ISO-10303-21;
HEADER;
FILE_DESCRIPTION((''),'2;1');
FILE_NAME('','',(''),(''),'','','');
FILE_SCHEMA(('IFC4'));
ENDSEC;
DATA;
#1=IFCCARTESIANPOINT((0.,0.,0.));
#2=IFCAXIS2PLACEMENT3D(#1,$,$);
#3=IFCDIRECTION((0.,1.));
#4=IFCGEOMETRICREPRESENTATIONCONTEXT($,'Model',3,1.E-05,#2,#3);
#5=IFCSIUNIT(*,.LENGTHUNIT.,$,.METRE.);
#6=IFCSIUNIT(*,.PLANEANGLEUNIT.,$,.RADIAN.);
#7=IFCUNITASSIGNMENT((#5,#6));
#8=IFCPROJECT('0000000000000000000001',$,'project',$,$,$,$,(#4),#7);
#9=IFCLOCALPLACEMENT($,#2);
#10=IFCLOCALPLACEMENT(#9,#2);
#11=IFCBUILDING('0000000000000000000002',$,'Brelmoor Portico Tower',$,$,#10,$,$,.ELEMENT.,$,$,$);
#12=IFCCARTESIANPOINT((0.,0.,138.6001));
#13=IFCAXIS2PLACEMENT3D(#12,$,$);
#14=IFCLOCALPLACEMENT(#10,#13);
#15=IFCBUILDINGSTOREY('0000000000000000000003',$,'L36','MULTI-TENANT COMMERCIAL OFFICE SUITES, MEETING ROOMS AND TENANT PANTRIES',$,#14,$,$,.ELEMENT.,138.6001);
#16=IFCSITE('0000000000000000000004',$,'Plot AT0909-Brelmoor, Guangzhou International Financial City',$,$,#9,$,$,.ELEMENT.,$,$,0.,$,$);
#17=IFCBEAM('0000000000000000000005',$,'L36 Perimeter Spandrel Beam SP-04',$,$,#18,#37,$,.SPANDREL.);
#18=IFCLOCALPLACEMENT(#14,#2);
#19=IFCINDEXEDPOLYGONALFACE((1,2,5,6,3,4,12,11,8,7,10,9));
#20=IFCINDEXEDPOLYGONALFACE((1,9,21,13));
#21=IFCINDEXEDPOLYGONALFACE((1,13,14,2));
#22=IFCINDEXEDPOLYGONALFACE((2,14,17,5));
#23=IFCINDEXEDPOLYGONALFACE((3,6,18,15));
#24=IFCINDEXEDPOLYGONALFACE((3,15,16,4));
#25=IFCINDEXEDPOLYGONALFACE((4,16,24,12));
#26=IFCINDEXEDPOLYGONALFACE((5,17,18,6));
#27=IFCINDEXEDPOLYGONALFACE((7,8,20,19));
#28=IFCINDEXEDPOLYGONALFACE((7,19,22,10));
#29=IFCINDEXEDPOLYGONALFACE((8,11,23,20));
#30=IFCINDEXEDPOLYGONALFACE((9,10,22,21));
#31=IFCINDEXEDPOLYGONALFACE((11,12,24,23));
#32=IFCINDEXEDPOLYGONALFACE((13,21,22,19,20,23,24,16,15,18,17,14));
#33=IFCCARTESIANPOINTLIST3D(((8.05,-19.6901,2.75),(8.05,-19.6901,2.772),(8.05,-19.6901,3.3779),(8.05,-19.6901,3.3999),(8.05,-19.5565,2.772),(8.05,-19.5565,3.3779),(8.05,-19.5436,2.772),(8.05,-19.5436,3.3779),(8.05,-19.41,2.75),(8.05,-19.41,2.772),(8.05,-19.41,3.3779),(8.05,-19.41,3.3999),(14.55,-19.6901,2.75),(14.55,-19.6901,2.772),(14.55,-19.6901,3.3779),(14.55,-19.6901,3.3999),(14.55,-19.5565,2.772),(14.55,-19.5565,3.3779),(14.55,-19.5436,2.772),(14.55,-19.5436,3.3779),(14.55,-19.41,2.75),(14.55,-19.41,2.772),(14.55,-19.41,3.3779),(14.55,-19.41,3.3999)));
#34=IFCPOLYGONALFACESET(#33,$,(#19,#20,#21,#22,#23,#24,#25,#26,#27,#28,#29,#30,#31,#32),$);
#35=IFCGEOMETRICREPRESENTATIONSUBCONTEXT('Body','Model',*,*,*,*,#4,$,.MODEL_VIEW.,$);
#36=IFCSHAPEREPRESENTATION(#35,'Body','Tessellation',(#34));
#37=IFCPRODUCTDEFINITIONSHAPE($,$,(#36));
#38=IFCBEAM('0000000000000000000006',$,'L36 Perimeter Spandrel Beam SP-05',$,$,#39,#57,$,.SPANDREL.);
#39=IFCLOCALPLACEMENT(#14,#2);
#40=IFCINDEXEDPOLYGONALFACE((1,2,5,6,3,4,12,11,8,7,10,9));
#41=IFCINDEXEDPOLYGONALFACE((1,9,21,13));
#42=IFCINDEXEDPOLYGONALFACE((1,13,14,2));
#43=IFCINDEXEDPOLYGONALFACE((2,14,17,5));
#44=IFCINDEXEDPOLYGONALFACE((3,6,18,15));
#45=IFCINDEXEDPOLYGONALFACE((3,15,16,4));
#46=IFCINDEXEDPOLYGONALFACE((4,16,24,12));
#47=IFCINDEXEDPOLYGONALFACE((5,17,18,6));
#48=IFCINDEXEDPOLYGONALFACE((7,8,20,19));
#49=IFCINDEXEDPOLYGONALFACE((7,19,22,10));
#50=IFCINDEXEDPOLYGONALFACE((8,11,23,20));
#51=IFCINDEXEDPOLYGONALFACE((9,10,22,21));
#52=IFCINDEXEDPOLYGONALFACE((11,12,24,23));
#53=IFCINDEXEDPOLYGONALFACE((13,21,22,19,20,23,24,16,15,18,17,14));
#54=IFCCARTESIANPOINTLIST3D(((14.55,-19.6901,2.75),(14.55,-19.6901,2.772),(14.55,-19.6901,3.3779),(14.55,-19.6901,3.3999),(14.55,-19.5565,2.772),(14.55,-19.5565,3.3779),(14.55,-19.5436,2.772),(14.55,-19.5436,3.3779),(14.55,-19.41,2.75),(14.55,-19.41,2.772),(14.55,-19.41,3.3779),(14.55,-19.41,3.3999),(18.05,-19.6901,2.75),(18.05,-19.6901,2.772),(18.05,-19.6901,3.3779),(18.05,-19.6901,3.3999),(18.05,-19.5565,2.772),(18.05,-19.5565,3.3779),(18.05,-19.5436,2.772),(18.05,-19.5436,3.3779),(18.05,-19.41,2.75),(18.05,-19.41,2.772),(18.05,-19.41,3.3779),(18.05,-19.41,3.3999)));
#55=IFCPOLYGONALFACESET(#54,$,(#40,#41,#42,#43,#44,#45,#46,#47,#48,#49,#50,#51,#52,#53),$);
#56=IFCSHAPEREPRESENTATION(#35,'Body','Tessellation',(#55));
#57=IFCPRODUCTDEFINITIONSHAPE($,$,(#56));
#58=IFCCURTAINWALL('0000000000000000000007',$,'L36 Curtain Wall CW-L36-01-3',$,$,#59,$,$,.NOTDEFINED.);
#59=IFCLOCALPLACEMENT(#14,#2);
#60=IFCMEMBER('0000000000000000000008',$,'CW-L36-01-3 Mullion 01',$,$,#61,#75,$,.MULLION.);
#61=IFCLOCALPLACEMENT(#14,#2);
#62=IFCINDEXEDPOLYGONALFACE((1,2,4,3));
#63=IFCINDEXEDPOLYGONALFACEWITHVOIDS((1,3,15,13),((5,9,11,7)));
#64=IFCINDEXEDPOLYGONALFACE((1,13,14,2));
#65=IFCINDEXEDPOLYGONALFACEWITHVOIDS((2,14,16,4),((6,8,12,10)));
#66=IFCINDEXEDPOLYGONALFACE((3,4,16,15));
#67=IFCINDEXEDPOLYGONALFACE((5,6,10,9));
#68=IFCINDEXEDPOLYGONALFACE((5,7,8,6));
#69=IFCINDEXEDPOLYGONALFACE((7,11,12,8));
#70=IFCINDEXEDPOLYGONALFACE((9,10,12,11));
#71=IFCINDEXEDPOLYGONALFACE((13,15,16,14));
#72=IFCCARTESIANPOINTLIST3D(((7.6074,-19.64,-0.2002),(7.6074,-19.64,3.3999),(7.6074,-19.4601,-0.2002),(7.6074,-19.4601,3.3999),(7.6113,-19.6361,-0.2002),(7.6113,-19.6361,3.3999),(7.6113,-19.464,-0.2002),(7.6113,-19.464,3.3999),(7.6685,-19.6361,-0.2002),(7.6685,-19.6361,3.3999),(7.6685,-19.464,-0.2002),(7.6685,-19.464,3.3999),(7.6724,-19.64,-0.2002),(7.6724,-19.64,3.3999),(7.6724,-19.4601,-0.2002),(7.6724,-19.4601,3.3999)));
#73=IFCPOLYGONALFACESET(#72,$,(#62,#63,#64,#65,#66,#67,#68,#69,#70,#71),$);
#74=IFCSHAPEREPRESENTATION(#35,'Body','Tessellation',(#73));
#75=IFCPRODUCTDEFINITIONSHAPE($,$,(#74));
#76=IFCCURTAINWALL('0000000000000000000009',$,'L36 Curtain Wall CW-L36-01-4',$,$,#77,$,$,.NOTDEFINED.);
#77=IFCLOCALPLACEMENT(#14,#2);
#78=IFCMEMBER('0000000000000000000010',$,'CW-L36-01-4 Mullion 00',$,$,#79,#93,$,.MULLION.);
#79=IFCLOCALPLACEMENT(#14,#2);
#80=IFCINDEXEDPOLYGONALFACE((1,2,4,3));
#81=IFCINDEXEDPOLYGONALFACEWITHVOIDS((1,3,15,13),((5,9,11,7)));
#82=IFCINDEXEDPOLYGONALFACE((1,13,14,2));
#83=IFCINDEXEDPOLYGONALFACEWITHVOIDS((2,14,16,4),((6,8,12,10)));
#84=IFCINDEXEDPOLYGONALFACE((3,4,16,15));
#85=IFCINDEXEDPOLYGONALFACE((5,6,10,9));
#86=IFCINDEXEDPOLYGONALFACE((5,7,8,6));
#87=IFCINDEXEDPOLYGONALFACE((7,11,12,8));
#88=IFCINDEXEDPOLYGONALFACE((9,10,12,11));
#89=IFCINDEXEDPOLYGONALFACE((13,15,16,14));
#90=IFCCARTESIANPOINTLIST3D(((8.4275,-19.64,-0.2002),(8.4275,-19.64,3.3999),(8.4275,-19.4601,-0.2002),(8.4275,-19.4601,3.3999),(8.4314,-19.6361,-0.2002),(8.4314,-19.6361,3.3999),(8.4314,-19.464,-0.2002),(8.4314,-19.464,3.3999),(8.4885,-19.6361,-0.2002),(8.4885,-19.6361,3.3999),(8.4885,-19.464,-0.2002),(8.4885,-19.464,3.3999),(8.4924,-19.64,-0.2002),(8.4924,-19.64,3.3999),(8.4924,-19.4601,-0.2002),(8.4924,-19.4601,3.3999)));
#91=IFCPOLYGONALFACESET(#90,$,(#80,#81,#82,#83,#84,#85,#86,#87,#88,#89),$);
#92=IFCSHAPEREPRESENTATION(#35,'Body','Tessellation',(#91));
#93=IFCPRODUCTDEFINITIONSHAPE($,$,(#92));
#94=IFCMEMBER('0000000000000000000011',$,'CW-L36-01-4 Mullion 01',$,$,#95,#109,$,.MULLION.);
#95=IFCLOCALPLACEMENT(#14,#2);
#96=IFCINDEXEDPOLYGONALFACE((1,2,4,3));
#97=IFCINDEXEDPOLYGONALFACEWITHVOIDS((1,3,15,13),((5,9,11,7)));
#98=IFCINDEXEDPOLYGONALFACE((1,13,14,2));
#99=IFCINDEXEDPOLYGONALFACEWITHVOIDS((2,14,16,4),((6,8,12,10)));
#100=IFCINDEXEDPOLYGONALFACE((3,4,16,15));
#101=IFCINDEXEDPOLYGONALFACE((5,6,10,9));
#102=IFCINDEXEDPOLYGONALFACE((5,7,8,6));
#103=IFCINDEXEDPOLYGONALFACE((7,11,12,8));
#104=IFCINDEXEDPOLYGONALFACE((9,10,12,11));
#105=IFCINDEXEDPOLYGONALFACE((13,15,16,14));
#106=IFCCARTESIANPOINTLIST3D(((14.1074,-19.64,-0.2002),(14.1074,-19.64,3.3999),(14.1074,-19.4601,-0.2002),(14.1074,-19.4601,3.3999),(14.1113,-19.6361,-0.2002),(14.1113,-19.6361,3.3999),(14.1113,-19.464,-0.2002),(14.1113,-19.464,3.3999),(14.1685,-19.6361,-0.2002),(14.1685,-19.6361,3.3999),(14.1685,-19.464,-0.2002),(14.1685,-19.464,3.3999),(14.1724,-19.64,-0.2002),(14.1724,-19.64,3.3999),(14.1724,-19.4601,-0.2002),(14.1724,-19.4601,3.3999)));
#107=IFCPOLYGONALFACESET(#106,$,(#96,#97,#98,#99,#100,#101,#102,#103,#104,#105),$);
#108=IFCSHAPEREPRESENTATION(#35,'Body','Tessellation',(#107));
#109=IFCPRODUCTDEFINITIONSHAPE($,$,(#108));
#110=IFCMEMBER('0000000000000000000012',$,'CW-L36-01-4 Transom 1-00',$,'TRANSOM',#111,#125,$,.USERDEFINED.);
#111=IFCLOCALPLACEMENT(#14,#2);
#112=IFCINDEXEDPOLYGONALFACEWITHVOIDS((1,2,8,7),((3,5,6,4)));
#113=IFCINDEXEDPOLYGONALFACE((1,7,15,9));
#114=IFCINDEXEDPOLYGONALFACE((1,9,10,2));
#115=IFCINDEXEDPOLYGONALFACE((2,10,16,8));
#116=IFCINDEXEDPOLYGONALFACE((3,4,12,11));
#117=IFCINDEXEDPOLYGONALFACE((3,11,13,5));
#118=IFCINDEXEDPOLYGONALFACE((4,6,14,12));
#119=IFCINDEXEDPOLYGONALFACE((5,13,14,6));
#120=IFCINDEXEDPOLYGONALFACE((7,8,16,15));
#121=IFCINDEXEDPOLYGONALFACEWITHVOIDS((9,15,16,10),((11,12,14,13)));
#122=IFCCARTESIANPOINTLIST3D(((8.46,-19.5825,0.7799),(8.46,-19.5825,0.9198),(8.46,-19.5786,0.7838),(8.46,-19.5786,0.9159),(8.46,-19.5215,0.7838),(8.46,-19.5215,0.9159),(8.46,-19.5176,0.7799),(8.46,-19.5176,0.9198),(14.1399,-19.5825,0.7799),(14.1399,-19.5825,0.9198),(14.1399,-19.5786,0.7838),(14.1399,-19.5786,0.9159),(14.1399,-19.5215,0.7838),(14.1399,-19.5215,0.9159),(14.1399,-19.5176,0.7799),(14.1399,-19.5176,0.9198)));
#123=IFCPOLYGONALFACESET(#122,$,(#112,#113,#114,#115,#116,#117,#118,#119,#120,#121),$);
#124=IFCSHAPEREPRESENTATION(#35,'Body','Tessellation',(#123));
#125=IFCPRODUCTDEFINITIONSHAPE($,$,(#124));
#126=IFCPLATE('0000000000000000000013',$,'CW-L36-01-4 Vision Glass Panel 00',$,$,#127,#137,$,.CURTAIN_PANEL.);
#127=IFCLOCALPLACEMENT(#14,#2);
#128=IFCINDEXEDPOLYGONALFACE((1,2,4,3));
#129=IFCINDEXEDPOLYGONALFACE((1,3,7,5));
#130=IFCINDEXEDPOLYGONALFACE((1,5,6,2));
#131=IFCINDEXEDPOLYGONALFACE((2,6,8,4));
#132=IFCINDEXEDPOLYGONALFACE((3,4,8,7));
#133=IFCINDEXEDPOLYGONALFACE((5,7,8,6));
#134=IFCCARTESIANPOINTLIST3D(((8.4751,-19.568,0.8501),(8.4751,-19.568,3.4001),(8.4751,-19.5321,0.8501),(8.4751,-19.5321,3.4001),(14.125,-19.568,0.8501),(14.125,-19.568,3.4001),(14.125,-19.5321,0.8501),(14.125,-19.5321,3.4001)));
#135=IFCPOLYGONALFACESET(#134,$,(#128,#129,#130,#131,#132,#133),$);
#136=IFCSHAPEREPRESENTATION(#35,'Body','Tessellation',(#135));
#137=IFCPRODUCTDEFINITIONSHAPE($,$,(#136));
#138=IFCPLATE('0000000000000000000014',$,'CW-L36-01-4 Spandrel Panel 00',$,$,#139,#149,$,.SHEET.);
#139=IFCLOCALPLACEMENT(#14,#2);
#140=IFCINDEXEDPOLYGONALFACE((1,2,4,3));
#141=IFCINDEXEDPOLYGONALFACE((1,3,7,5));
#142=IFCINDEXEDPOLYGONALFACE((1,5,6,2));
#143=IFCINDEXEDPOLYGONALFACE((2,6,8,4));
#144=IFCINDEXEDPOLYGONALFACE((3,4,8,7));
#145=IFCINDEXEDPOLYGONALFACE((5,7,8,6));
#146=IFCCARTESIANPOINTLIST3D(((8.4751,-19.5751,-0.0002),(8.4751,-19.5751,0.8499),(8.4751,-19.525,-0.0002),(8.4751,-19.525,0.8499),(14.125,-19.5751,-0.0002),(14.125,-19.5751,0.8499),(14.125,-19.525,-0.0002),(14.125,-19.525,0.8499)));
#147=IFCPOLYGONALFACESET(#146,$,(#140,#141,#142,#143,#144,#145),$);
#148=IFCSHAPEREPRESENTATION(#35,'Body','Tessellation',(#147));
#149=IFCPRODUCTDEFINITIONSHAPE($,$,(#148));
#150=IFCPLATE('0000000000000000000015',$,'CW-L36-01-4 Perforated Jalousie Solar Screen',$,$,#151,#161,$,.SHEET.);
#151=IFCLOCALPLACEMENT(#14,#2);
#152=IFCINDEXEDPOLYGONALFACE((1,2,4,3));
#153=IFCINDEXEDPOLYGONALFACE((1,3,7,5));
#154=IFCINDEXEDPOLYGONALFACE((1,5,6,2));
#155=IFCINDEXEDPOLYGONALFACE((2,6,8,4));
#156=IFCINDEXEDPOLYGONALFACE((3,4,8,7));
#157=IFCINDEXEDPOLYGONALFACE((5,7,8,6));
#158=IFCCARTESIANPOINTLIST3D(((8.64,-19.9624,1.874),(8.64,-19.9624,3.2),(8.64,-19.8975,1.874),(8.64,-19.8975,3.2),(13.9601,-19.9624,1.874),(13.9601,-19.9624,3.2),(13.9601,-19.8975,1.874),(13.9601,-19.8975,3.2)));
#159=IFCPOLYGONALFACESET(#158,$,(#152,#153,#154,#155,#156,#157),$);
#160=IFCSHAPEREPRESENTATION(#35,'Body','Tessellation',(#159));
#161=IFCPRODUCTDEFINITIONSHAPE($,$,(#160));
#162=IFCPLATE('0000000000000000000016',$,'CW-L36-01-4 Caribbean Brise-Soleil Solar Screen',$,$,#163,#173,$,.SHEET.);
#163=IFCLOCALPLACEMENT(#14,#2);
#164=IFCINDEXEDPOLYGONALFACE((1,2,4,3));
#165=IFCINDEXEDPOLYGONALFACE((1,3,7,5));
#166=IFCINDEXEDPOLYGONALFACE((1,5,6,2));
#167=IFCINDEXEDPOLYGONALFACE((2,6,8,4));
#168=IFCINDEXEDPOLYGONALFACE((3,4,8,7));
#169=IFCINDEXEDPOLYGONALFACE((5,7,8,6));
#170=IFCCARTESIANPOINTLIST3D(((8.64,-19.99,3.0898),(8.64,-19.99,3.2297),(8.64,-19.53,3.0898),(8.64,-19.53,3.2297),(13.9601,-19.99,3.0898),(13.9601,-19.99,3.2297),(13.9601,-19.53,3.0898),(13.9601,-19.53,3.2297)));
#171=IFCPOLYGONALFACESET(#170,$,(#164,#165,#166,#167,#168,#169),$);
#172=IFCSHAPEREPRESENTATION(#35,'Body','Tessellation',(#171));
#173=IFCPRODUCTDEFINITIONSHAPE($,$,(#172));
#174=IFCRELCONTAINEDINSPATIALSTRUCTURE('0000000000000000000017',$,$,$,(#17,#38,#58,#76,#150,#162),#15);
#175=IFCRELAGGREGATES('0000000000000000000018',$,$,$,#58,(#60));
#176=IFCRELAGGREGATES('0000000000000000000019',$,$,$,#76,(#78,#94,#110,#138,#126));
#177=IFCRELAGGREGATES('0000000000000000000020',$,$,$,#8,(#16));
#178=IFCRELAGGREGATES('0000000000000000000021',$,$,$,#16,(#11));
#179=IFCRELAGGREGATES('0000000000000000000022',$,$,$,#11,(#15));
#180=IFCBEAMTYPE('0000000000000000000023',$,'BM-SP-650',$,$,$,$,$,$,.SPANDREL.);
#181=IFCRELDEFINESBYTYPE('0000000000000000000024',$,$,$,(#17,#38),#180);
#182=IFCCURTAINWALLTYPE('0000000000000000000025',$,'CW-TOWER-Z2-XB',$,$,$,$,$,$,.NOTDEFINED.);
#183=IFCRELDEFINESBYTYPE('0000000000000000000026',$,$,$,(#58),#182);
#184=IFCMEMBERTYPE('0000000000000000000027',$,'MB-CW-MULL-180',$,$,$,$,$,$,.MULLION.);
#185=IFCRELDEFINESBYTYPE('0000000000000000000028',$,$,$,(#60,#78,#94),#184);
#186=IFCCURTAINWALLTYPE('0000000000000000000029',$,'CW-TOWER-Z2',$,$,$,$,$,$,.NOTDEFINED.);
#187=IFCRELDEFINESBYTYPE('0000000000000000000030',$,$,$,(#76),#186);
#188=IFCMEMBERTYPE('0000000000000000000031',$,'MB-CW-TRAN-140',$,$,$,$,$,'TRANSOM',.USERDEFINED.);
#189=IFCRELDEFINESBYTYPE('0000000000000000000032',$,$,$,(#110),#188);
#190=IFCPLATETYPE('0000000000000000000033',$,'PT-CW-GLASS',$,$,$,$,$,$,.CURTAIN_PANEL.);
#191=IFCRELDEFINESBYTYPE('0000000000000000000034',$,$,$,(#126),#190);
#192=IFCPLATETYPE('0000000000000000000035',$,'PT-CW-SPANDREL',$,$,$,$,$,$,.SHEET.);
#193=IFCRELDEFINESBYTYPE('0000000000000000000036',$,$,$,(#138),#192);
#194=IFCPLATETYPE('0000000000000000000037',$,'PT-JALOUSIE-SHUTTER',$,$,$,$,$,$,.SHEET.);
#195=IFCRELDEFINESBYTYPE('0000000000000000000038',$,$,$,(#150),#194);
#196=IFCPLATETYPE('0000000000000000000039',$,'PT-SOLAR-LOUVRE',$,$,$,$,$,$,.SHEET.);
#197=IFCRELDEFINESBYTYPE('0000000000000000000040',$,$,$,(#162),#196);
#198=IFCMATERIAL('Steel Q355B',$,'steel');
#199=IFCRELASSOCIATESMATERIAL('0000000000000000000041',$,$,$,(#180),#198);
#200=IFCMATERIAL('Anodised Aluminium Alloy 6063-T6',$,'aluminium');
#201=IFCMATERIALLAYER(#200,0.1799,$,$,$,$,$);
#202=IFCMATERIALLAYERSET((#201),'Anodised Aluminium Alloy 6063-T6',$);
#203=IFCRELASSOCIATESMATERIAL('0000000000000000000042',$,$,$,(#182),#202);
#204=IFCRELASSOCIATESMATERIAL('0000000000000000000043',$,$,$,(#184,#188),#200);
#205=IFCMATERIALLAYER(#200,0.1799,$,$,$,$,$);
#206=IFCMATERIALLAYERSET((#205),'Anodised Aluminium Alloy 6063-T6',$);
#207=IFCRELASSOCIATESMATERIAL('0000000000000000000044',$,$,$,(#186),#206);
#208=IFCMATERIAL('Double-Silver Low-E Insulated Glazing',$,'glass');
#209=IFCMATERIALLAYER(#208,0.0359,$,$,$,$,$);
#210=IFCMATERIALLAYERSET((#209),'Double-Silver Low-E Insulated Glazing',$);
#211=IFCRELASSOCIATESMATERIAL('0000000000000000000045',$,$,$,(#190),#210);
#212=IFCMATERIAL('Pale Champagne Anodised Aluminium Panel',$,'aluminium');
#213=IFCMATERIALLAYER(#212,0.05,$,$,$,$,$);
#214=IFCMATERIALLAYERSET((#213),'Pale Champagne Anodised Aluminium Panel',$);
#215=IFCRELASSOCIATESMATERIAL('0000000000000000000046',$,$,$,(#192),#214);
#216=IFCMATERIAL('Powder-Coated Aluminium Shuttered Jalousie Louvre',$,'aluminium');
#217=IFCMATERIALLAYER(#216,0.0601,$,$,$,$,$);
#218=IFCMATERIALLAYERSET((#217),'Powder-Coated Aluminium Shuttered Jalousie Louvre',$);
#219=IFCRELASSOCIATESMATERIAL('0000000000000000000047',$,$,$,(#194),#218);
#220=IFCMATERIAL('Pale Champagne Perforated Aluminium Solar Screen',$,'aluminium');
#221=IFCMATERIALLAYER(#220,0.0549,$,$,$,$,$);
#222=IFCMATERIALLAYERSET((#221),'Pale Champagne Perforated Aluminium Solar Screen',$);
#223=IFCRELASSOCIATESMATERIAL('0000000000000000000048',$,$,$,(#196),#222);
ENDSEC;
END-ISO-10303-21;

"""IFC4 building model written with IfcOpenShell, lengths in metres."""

from ifc_helpers import new_model, si_unit, direction, frame, origin, origin_2d, place, context, subcontext, project, spatial, rectangle, hollow_rectangle, i_section, extrude, material, layer, layer_set, material_profile, profile_set, type_object, element, aggregate, save


model = new_model("IFC4")

# Units and contexts
model_context = context("Model", 3, precision=1e-05, world=origin(), true_north=direction((0.0, 1.0)))
body_context = subcontext(model_context, "Body", "Model", "MODEL_VIEW")
ifc_project = project(units=[si_unit("LENGTHUNIT", "METRE"), si_unit("PLANEANGLEUNIT", "RADIAN")], contexts=[model_context])

# Site, building, storey
site_placement = place(None, origin())
site = spatial("IfcSite", under=ifc_project, at=site_placement, Name="Plot AT0909-Brelmoor, Guangzhou International Financial City", CompositionType="ELEMENT", RefElevation=0.0)
building_placement = place(site_placement, origin())
building = spatial("IfcBuilding", under=site, at=building_placement, Name="Brelmoor Portico Tower", CompositionType="ELEMENT")
storey_placement = place(building_placement, frame((0.0, 0.0, 138.6001)))
storey = spatial("IfcBuildingStorey", under=building, at=storey_placement, Name="L36", Description="MULTI-TENANT COMMERCIAL OFFICE SUITES, MEETING ROOMS AND TENANT PANTRIES", CompositionType="ELEMENT", Elevation=138.6001)

# Shared definitions
ifc_material_1 = material(Name="Steel Q355B", Category="steel")

# Beams
ifc_material_profile_1 = material_profile(ifc_material_1, i_section(OverallWidth=0.28, OverallDepth=0.6499, WebThickness=0.0129, FlangeThickness=0.022, at=origin_2d()), Name="HN 650x280x13x22")
ifc_profile_set_1 = profile_set([ifc_material_profile_1], Name="Steel Q355B")
beam_type_1 = type_object("IfcBeamType", Name="BM-SP-650", PredefinedType="SPANDREL", material=ifc_profile_set_1)
beam_1_placement = place(storey_placement, frame((8.05, -19.55, 3.075), z_axis=(1.0, 0.0, 0.0), x_axis=(0.0, 1.0, 0.0)))
element("IfcBeam", 1, at=beam_1_placement, inside=storey, type_object=beam_type_1, Name="L36 Perimeter Spandrel Beam SP-04", PredefinedType="SPANDREL", context=body_context, shape_type="SweptSolid", body=[
    extrude(i_section(OverallWidth=0.28, OverallDepth=0.6499, WebThickness=0.0129, FlangeThickness=0.022, at=origin_2d()), origin(), (0.0, 0.0, 1.0), 6.5),
])
beam_2_placement = place(storey_placement, frame((14.55, -19.55, 3.075), z_axis=(1.0, 0.0, 0.0), x_axis=(0.0, 1.0, 0.0)))
element("IfcBeam", 2, at=beam_2_placement, inside=storey, type_object=beam_type_1, Name="L36 Perimeter Spandrel Beam SP-05", PredefinedType="SPANDREL", context=body_context, shape_type="SweptSolid", body=[
    extrude(i_section(OverallWidth=0.28, OverallDepth=0.6499, WebThickness=0.0129, FlangeThickness=0.022, at=origin_2d()), origin(), (0.0, 0.0, 1.0), 3.5),
])

# Curtain wall, member
ifc_material_2 = material(Name="Anodised Aluminium Alloy 6063-T6", Category="aluminium")
ifc_layer_1 = layer(ifc_material_2, 0.1799)
ifc_layer_set_1 = layer_set([ifc_layer_1], Name="Anodised Aluminium Alloy 6063-T6")
curtain_wall_type_1 = type_object("IfcCurtainWallType", Name="CW-TOWER-Z2-XB", PredefinedType="NOTDEFINED", material=ifc_layer_set_1)
curtain_wall_1_placement = place(storey_placement, origin())
curtain_wall_1 = element("IfcCurtainWall", 3, at=curtain_wall_1_placement, inside=storey, type_object=curtain_wall_type_1, Name="L36 Curtain Wall CW-L36-01-3", PredefinedType="NOTDEFINED")
ifc_material_profile_2 = material_profile(ifc_material_2, hollow_rectangle(XDim=0.0649, YDim=0.1799, WallThickness=0.0039, at=origin_2d()), Name="ALU MULLION 65x180")
ifc_profile_set_2 = profile_set([ifc_material_profile_2], Name="Anodised Aluminium Alloy 6063-T6")
member_type_1 = type_object("IfcMemberType", Name="MB-CW-MULL-180", PredefinedType="MULLION", material=ifc_profile_set_2)
member_1_placement = place(storey_placement, frame((7.6399, -19.55, -0.2002), z_axis=(0.0, 0.0, 1.0), x_axis=(1.0, 0.0, 0.0)))
member_1 = element("IfcMember", 4, at=member_1_placement, type_object=member_type_1, Name="CW-L36-01-3 Mullion 01", PredefinedType="MULLION", context=body_context, shape_type="SweptSolid", body=[
    extrude(hollow_rectangle(XDim=0.0649, YDim=0.1799, WallThickness=0.0039, at=origin_2d()), origin(), (0.0, 0.0, 1.0), 3.6001),
])
aggregate(curtain_wall_1, [member_1])

# Curtain wall, members, plates
ifc_layer_2 = layer(ifc_material_2, 0.1799)
ifc_layer_set_2 = layer_set([ifc_layer_2], Name="Anodised Aluminium Alloy 6063-T6")
curtain_wall_type_2 = type_object("IfcCurtainWallType", Name="CW-TOWER-Z2", PredefinedType="NOTDEFINED", material=ifc_layer_set_2)
curtain_wall_2_placement = place(storey_placement, origin())
curtain_wall_2 = element("IfcCurtainWall", 5, at=curtain_wall_2_placement, inside=storey, type_object=curtain_wall_type_2, Name="L36 Curtain Wall CW-L36-01-4", PredefinedType="NOTDEFINED")
member_2_placement = place(storey_placement, frame((8.46, -19.55, -0.2002), z_axis=(0.0, 0.0, 1.0), x_axis=(1.0, 0.0, 0.0)))
member_2 = element("IfcMember", 6, at=member_2_placement, type_object=member_type_1, Name="CW-L36-01-4 Mullion 00", PredefinedType="MULLION", context=body_context, shape_type="SweptSolid", body=[
    extrude(hollow_rectangle(XDim=0.0649, YDim=0.1799, WallThickness=0.0039, at=origin_2d()), origin(), (0.0, 0.0, 1.0), 3.6001),
])
member_3_placement = place(storey_placement, frame((14.1399, -19.55, -0.2002), z_axis=(0.0, 0.0, 1.0), x_axis=(1.0, 0.0, 0.0)))
member_3 = element("IfcMember", 7, at=member_3_placement, type_object=member_type_1, Name="CW-L36-01-4 Mullion 01", PredefinedType="MULLION", context=body_context, shape_type="SweptSolid", body=[
    extrude(hollow_rectangle(XDim=0.0649, YDim=0.1799, WallThickness=0.0039, at=origin_2d()), origin(), (0.0, 0.0, 1.0), 3.6001),
])
ifc_material_profile_3 = material_profile(ifc_material_2, hollow_rectangle(XDim=0.0649, YDim=0.1399, WallThickness=0.0039, at=origin_2d()), Name="ALU TRANSOM 65x140")
ifc_profile_set_3 = profile_set([ifc_material_profile_3], Name="Anodised Aluminium Alloy 6063-T6")
member_type_2 = type_object("IfcMemberType", Name="MB-CW-TRAN-140", ElementType="TRANSOM", PredefinedType="USERDEFINED", material=ifc_profile_set_3)
member_4_placement = place(storey_placement, frame((8.46, -19.55, 0.8499), z_axis=(1.0, 0.0, 0.0), x_axis=(0.0, 1.0, 0.0)))
member_4 = element("IfcMember", 8, at=member_4_placement, type_object=member_type_2, Name="CW-L36-01-4 Transom 1-00", ObjectType="TRANSOM", PredefinedType="USERDEFINED", context=body_context, shape_type="SweptSolid", body=[
    extrude(hollow_rectangle(XDim=0.0649, YDim=0.1399, WallThickness=0.0039, at=origin_2d()), origin(), (0.0, 0.0, 1.0), 5.6799),
])
ifc_material_3 = material(Name="Double-Silver Low-E Insulated Glazing", Category="glass")
ifc_layer_3 = layer(ifc_material_3, 0.0359)
ifc_layer_set_3 = layer_set([ifc_layer_3], Name="Double-Silver Low-E Insulated Glazing")
plate_type_1 = type_object("IfcPlateType", Name="PT-CW-GLASS", PredefinedType="CURTAIN_PANEL", material=ifc_layer_set_3)
plate_1_placement = place(storey_placement, frame((11.3, -19.55, 0.8501), z_axis=(0.0, 0.0, 1.0), x_axis=(1.0, 0.0, 0.0)))
plate_1 = element("IfcPlate", 9, at=plate_1_placement, type_object=plate_type_1, Name="CW-L36-01-4 Vision Glass Panel 00", PredefinedType="CURTAIN_PANEL", context=body_context, shape_type="SweptSolid", body=[
    extrude(rectangle(XDim=5.6499, YDim=0.0359, at=origin_2d()), origin(), (0.0, 0.0, 1.0), 2.55),
])
ifc_material_4 = material(Name="Pale Champagne Anodised Aluminium Panel", Category="aluminium")
ifc_layer_4 = layer(ifc_material_4, 0.05)
ifc_layer_set_4 = layer_set([ifc_layer_4], Name="Pale Champagne Anodised Aluminium Panel")
plate_type_2 = type_object("IfcPlateType", Name="PT-CW-SPANDREL", PredefinedType="SHEET", material=ifc_layer_set_4)
plate_2_placement = place(storey_placement, frame((11.3, -19.55, -0.0002), z_axis=(0.0, 0.0, 1.0), x_axis=(1.0, 0.0, 0.0)))
plate_2 = element("IfcPlate", 10, at=plate_2_placement, type_object=plate_type_2, Name="CW-L36-01-4 Spandrel Panel 00", PredefinedType="SHEET", context=body_context, shape_type="SweptSolid", body=[
    extrude(rectangle(XDim=5.6499, YDim=0.05, at=origin_2d()), origin(), (0.0, 0.0, 1.0), 0.8501),
])
aggregate(curtain_wall_2, [member_2, member_3, member_4, plate_2, plate_1])

# Plates
ifc_material_5 = material(Name="Powder-Coated Aluminium Shuttered Jalousie Louvre", Category="aluminium")
ifc_layer_5 = layer(ifc_material_5, 0.0601)
ifc_layer_set_5 = layer_set([ifc_layer_5], Name="Powder-Coated Aluminium Shuttered Jalousie Louvre")
plate_type_3 = type_object("IfcPlateType", Name="PT-JALOUSIE-SHUTTER", PredefinedType="SHEET", material=ifc_layer_set_5)
plate_3_placement = place(storey_placement, frame((11.3, -19.9299, 1.874), z_axis=(0.0, 0.0, 1.0), x_axis=(1.0, 0.0, 0.0)))
element("IfcPlate", 11, at=plate_3_placement, inside=storey, type_object=plate_type_3, Name="CW-L36-01-4 Perforated Jalousie Solar Screen", PredefinedType="SHEET", context=body_context, shape_type="SweptSolid", body=[
    extrude(rectangle(XDim=5.3201, YDim=0.0649, at=origin_2d()), origin(), (0.0, 0.0, 1.0), 1.3259),
])
ifc_material_6 = material(Name="Pale Champagne Perforated Aluminium Solar Screen", Category="aluminium")
ifc_layer_6 = layer(ifc_material_6, 0.0549)
ifc_layer_set_6 = layer_set([ifc_layer_6], Name="Pale Champagne Perforated Aluminium Solar Screen")
plate_type_4 = type_object("IfcPlateType", Name="PT-SOLAR-LOUVRE", PredefinedType="SHEET", material=ifc_layer_set_6)
plate_4_placement = place(storey_placement, frame((11.3, -19.76, 3.0898), z_axis=(0.0, 0.0, 1.0), x_axis=(1.0, 0.0, 0.0)))
element("IfcPlate", 12, at=plate_4_placement, inside=storey, type_object=plate_type_4, Name="CW-L36-01-4 Caribbean Brise-Soleil Solar Screen", PredefinedType="SHEET", context=body_context, shape_type="SweptSolid", body=[
    extrude(rectangle(XDim=5.3201, YDim=0.46, at=origin_2d()), origin(), (0.0, 0.0, 1.0), 0.1399),
])

save(model, "model.ifc")
